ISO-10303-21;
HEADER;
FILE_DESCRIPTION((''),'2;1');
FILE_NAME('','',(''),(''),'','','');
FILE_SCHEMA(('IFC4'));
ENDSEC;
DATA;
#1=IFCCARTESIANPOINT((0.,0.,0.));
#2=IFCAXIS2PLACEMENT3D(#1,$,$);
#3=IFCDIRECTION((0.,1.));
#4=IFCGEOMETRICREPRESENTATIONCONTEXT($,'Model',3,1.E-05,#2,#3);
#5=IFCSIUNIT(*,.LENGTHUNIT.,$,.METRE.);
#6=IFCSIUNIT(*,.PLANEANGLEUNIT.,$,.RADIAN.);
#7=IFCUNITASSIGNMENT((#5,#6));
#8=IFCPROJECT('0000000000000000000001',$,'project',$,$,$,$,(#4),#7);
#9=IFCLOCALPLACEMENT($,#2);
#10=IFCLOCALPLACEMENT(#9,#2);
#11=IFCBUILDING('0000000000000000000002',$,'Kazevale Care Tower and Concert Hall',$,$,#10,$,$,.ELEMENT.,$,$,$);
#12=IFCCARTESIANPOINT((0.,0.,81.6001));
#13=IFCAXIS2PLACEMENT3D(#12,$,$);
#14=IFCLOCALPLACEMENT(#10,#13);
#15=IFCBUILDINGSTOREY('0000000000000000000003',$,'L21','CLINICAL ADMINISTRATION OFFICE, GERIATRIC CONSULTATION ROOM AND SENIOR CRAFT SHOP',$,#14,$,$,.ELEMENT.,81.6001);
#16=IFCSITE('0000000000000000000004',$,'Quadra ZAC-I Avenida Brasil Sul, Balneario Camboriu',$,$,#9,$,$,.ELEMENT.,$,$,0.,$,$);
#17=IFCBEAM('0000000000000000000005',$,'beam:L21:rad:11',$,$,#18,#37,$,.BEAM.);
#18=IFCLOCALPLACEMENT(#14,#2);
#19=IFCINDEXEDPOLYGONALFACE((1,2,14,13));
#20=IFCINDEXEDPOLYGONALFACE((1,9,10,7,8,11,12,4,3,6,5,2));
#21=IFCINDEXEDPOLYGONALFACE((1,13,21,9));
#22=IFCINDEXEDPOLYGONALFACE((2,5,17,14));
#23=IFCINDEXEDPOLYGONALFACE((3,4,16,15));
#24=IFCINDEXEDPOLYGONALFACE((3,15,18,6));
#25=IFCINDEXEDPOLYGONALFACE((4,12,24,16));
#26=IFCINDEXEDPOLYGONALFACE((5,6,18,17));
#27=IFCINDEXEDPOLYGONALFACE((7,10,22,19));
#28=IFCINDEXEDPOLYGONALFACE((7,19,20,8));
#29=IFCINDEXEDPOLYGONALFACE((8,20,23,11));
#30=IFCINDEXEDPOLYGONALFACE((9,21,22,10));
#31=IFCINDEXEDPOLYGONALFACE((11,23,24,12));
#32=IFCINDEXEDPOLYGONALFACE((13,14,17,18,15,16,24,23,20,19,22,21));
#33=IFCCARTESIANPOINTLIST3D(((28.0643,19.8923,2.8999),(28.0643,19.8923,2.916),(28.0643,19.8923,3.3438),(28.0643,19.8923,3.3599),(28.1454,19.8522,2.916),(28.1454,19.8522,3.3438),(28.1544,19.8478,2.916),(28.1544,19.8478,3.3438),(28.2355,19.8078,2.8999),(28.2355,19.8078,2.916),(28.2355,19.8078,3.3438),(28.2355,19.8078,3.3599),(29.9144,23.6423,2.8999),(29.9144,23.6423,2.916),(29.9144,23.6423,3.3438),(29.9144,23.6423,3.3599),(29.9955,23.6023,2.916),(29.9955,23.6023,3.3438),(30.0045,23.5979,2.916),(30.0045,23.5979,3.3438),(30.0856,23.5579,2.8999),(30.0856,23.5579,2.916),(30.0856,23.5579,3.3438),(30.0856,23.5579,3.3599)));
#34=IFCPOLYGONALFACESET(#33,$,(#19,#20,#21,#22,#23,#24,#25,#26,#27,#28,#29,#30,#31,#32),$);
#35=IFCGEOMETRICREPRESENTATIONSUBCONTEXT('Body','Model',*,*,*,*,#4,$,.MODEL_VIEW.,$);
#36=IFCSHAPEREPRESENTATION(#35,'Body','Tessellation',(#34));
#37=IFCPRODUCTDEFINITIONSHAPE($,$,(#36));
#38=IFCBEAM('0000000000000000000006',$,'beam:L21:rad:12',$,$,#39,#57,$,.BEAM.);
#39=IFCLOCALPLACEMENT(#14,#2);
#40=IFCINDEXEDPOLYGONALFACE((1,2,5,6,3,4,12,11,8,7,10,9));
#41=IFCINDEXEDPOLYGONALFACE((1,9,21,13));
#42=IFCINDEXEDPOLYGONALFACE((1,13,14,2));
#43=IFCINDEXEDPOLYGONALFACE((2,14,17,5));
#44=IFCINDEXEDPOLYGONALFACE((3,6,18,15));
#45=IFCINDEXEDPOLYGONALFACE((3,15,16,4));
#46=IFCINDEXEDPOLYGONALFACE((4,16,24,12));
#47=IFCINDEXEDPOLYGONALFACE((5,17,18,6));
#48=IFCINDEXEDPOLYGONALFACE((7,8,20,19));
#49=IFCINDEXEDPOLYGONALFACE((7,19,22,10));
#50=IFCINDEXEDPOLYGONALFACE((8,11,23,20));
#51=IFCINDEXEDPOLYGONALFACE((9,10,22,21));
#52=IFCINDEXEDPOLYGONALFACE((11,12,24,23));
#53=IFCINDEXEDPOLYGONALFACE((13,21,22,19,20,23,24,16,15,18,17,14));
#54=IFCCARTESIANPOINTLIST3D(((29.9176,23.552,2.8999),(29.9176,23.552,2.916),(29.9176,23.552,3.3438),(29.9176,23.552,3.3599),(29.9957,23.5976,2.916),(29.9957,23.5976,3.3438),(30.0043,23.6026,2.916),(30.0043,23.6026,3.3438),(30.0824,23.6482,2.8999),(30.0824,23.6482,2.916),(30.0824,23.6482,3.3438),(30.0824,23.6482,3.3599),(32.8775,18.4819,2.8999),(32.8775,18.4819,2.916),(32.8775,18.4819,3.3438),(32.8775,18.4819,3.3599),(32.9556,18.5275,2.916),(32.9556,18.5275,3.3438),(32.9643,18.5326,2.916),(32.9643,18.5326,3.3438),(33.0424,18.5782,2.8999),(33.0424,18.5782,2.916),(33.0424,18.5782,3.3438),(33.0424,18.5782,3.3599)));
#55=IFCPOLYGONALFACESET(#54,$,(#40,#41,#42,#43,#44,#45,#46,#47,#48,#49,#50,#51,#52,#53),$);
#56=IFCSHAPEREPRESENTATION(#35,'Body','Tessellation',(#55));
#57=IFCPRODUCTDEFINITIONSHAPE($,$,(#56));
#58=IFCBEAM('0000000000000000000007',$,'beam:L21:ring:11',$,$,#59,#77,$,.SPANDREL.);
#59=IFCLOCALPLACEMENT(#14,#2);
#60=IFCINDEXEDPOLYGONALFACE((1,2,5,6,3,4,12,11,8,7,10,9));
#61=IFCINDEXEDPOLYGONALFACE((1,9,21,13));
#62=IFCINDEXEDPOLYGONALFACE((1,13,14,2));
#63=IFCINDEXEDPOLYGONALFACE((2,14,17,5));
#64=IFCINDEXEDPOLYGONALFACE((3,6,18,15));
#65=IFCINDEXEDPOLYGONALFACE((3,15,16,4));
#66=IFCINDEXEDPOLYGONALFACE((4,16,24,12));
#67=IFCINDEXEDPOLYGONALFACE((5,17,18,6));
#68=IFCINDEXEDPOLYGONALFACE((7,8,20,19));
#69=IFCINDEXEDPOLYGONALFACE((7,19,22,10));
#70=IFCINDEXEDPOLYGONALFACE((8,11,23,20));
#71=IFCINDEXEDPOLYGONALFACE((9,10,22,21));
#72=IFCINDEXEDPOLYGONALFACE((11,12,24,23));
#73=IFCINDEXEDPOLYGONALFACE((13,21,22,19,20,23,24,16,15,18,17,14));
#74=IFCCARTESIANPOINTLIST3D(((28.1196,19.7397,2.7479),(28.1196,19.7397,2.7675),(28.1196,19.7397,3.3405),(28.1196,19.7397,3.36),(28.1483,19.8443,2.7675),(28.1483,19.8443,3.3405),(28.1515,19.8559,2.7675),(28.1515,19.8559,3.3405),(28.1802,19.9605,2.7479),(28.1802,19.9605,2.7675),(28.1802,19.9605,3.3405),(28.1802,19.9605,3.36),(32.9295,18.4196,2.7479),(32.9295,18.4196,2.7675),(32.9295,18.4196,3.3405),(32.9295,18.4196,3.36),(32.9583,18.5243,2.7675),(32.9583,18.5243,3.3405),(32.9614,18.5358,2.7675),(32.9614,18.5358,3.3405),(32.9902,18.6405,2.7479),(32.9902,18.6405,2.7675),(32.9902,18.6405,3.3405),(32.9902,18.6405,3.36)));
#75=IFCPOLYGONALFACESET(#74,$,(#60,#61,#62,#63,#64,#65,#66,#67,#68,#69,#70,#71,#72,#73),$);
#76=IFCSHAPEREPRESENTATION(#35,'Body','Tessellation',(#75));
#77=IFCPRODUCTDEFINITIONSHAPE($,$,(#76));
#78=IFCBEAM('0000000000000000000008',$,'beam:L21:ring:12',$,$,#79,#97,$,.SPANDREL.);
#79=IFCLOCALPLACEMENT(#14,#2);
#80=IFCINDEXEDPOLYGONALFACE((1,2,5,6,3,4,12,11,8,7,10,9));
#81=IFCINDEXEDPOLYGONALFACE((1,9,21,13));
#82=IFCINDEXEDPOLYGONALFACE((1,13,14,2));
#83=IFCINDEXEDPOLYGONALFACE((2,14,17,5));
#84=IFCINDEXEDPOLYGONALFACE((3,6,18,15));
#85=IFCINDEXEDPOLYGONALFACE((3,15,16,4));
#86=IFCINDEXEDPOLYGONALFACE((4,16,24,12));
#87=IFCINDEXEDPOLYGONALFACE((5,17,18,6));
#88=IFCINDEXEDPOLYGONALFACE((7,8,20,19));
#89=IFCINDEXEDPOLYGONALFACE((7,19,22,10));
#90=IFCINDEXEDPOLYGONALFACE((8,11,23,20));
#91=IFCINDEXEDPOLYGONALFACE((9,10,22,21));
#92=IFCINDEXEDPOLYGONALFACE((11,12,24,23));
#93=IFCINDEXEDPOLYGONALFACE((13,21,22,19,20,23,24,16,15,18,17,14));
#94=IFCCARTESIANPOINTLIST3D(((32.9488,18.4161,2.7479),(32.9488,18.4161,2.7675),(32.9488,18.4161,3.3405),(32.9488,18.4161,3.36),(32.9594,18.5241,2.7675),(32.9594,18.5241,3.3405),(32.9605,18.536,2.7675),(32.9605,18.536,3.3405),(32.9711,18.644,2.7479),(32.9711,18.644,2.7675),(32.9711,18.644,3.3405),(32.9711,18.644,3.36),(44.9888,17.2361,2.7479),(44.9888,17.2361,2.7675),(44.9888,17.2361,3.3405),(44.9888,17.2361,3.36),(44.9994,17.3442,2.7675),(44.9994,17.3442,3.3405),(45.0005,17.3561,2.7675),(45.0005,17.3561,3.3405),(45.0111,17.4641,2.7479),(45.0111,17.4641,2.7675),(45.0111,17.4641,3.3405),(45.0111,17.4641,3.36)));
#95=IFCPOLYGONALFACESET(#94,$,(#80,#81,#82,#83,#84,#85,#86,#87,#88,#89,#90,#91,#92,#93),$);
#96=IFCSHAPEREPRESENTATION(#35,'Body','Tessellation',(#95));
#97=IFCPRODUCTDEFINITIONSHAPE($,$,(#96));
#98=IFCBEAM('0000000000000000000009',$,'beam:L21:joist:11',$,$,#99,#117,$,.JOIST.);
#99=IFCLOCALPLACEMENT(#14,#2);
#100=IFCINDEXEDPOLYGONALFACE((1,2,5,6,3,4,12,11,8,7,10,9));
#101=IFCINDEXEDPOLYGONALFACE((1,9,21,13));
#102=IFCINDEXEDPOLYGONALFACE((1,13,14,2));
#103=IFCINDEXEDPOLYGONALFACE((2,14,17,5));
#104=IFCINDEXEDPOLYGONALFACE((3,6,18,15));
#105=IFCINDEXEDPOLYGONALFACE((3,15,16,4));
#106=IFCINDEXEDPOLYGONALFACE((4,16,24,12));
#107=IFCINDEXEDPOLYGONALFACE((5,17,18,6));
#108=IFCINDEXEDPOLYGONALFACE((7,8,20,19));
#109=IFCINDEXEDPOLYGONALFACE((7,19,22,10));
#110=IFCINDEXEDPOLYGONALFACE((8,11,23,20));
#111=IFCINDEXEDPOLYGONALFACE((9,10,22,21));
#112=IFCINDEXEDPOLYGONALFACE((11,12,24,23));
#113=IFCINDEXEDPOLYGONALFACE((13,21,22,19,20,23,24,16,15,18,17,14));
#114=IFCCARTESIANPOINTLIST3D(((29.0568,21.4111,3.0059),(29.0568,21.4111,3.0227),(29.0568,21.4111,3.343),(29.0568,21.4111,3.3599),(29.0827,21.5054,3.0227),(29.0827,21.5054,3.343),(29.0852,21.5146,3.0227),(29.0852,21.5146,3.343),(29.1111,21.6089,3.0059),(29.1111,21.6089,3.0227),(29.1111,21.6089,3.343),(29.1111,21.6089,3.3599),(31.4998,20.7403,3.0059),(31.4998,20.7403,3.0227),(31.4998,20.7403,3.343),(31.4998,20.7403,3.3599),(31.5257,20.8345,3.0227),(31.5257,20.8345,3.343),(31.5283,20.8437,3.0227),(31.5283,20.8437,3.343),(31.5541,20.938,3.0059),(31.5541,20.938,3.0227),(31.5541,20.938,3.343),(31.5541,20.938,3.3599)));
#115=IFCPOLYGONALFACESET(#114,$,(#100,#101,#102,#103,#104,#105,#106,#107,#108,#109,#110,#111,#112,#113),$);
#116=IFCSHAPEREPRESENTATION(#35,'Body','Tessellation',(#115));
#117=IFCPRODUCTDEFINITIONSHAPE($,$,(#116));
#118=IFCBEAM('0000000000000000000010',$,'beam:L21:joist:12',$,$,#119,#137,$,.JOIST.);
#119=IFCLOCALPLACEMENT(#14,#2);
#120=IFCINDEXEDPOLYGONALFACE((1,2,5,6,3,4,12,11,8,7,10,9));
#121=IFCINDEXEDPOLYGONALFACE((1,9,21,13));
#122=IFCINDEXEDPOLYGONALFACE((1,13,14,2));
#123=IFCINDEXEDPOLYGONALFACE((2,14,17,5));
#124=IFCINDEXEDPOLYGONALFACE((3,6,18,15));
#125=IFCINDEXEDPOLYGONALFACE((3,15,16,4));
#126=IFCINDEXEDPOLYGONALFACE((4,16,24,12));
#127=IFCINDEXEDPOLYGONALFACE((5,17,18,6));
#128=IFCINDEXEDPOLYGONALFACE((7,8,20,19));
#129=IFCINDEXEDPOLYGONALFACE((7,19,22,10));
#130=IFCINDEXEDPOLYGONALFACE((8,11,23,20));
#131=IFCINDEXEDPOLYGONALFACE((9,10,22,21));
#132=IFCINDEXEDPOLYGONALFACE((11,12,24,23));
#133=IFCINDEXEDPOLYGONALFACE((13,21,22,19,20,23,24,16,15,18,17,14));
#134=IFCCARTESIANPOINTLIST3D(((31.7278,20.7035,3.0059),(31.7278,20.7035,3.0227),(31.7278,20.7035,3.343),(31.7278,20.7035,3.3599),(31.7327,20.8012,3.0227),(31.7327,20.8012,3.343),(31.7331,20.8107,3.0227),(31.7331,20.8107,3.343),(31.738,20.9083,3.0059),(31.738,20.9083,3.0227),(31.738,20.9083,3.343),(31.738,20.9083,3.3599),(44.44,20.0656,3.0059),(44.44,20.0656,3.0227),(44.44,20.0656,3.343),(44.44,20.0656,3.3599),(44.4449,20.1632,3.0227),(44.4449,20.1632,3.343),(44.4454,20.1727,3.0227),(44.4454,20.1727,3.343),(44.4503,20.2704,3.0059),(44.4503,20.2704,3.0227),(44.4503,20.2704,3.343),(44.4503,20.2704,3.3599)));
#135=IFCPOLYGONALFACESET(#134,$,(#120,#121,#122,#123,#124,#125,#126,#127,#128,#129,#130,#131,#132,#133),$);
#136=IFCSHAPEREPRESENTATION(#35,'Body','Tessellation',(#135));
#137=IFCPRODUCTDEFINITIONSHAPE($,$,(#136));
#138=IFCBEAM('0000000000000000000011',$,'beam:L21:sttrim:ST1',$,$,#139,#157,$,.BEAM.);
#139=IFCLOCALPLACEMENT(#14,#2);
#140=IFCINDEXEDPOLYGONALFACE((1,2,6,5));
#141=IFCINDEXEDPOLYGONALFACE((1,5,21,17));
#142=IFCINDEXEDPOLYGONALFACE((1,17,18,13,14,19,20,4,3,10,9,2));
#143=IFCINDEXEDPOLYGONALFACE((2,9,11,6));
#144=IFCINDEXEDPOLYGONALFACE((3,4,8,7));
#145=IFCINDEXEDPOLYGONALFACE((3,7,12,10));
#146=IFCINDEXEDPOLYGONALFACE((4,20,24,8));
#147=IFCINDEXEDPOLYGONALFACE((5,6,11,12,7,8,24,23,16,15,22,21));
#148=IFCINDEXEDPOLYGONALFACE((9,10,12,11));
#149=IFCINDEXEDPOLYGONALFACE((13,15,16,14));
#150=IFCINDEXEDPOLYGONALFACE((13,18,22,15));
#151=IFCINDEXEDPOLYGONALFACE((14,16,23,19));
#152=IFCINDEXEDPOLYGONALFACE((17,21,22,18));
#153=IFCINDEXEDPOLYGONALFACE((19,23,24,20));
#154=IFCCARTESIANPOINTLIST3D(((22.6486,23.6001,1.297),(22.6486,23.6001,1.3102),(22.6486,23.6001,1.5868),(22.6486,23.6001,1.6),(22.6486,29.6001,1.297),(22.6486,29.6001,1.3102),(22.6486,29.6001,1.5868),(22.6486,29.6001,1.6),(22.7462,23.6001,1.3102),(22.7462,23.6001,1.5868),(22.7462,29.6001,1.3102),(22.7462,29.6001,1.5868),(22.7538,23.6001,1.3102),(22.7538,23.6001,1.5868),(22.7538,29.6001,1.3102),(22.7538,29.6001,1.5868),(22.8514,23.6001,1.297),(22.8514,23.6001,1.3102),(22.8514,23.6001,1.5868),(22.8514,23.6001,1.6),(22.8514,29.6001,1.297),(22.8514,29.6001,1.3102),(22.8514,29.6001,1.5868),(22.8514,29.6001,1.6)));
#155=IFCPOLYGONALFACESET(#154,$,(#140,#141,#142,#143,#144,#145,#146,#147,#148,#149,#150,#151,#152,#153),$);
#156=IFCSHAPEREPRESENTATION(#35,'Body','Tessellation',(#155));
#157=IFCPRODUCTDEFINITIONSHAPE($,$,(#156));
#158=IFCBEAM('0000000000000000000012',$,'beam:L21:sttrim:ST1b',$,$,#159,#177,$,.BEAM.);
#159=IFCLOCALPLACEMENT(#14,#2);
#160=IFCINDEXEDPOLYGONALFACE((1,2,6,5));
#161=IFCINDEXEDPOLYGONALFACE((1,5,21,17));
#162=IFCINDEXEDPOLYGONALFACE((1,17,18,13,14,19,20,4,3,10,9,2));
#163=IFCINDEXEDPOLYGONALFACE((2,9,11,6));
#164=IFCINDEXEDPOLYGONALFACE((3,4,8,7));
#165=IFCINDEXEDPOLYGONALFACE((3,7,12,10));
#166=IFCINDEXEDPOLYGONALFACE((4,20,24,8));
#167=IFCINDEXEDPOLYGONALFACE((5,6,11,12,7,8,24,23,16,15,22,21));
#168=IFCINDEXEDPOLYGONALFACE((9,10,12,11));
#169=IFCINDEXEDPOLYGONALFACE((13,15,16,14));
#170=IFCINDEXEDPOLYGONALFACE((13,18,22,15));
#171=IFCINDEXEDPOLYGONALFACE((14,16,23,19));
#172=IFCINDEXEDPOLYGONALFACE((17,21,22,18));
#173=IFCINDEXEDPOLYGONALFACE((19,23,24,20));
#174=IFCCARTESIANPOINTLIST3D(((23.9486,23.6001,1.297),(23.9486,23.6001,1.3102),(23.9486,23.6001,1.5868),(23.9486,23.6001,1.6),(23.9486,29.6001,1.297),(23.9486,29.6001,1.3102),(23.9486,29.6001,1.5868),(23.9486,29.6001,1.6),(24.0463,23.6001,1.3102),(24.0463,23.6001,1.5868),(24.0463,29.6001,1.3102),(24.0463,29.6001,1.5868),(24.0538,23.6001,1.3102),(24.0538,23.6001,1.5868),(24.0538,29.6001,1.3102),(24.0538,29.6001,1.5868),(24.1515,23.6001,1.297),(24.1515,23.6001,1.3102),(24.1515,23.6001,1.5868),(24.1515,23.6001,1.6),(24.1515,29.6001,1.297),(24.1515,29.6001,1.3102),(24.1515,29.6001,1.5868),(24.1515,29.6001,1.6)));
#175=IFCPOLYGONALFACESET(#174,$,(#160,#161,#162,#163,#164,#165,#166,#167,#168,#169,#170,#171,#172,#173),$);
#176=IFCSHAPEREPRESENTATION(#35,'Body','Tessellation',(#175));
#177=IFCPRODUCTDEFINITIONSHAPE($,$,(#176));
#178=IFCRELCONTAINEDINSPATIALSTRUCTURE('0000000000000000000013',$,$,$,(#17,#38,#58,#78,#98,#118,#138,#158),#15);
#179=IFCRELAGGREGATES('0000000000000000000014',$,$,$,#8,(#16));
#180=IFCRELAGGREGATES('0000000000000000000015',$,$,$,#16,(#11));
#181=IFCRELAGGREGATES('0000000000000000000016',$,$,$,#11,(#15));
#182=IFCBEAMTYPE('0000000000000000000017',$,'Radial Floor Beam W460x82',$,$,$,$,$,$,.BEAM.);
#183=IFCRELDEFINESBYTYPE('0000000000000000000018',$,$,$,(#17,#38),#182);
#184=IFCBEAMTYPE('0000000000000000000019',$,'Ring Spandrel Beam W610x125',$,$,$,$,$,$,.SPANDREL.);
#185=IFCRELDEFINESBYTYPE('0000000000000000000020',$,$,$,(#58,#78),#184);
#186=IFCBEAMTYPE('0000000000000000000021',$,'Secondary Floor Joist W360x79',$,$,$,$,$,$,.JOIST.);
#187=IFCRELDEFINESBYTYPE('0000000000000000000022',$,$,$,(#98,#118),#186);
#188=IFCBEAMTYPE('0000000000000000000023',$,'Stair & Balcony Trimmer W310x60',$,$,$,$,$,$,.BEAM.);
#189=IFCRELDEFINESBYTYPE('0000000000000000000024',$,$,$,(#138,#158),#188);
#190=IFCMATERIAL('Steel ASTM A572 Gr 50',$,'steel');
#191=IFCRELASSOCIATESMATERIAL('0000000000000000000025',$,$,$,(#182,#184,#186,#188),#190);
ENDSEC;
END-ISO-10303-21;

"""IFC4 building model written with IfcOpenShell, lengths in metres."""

from ifc_helpers import new_model, si_unit, direction, frame, origin, origin_2d, place, context, subcontext, project, spatial, i_section, extrude, material, material_profile, profile_set, type_object, element, save


model = new_model("IFC4")

# Units and contexts
model_context = context("Model", 3, precision=1e-05, world=origin(), true_north=direction((0.0, 1.0)))
body_context = subcontext(model_context, "Body", "Model", "MODEL_VIEW")
ifc_project = project(units=[si_unit("LENGTHUNIT", "METRE"), si_unit("PLANEANGLEUNIT", "RADIAN")], contexts=[model_context])

# Site, building, storey
site_placement = place(None, origin())
site = spatial("IfcSite", under=ifc_project, at=site_placement, Name="Quadra ZAC-I Avenida Brasil Sul, Balneario Camboriu", CompositionType="ELEMENT", RefElevation=0.0)
building_placement = place(site_placement, origin())
building = spatial("IfcBuilding", under=site, at=building_placement, Name="Kazevale Care Tower and Concert Hall", CompositionType="ELEMENT")
storey_placement = place(building_placement, frame((0.0, 0.0, 81.6001)))
storey = spatial("IfcBuildingStorey", under=building, at=storey_placement, Name="L21", Description="CLINICAL ADMINISTRATION OFFICE, GERIATRIC CONSULTATION ROOM AND SENIOR CRAFT SHOP", CompositionType="ELEMENT", Elevation=81.6001)

# Beams
ifc_material_1 = material(Name="Steel ASTM A572 Gr 50", Category="steel")
ifc_material_profile_1 = material_profile(ifc_material_1, i_section(OverallWidth=0.1909, OverallDepth=0.46, WebThickness=0.01, FlangeThickness=0.0161, at=origin_2d()), Name="W460x82")
ifc_profile_set_1 = profile_set([ifc_material_profile_1], Name="Steel ASTM A572 Gr 50")
beam_type_1 = type_object("IfcBeamType", Name="Radial Floor Beam W460x82", PredefinedType="BEAM", material=ifc_profile_set_1)
beam_1_placement = place(storey_placement, frame((30.0, 23.6001, 3.1299), z_axis=(-0.442443, -0.896797, 0.0), x_axis=(0.896797, -0.442443, 0.0)))
element("IfcBeam", 1, at=beam_1_placement, inside=storey, type_object=beam_type_1, Name="beam:L21:rad:11", PredefinedType="BEAM", context=body_context, shape_type="SweptSolid", body=[
    extrude(i_section(OverallWidth=0.1909, OverallDepth=0.46, WebThickness=0.01, FlangeThickness=0.0161, at=origin_2d()), origin(), (0.0, 0.0, 1.0), 4.1816),
])
beam_2_placement = place(storey_placement, frame((30.0, 23.6001, 3.1299), z_axis=(0.504179, -0.863599, 0.0), x_axis=(0.863599, 0.504179, 0.0)))
element("IfcBeam", 2, at=beam_2_placement, inside=storey, type_object=beam_type_1, Name="beam:L21:rad:12", PredefinedType="BEAM", context=body_context, shape_type="SweptSolid", body=[
    extrude(i_section(OverallWidth=0.1909, OverallDepth=0.46, WebThickness=0.01, FlangeThickness=0.0161, at=origin_2d()), origin(), (0.0, 0.0, 1.0), 5.8708),
])
ifc_material_profile_2 = material_profile(ifc_material_1, i_section(OverallWidth=0.229, OverallDepth=0.6121, WebThickness=0.012, FlangeThickness=0.0195, at=origin_2d()), Name="W610x125")
ifc_profile_set_2 = profile_set([ifc_material_profile_2], Name="Steel ASTM A572 Gr 50")
beam_type_2 = type_object("IfcBeamType", Name="Ring Spandrel Beam W610x125", PredefinedType="SPANDREL", material=ifc_profile_set_2)
beam_3_placement = place(storey_placement, frame((28.1499, 19.8501, 3.054), z_axis=(0.964344, -0.264654, 0.0), x_axis=(0.264654, 0.964344, 0.0)))
element("IfcBeam", 3, at=beam_3_placement, inside=storey, type_object=beam_type_2, Name="beam:L21:ring:11", PredefinedType="SPANDREL", context=body_context, shape_type="SweptSolid", body=[
    extrude(i_section(OverallWidth=0.229, OverallDepth=0.6121, WebThickness=0.012, FlangeThickness=0.0195, at=origin_2d()), origin(), (0.0, 0.0, 1.0), 4.9878),
])
beam_4_placement = place(storey_placement, frame((32.96, 18.53, 3.054), z_axis=(0.995232, -0.097533, 0.0), x_axis=(0.097533, 0.995232, 0.0)))
element("IfcBeam", 4, at=beam_4_placement, inside=storey, type_object=beam_type_2, Name="beam:L21:ring:12", PredefinedType="SPANDREL", context=body_context, shape_type="SweptSolid", body=[
    extrude(i_section(OverallWidth=0.229, OverallDepth=0.6121, WebThickness=0.012, FlangeThickness=0.0195, at=origin_2d()), origin(), (0.0, 0.0, 1.0), 12.0977),
])
ifc_material_profile_3 = material_profile(ifc_material_1, i_section(OverallWidth=0.2051, OverallDepth=0.354, WebThickness=0.0095, FlangeThickness=0.0168, at=origin_2d()), Name="W360x79")
ifc_profile_set_3 = profile_set([ifc_material_profile_3], Name="Steel ASTM A572 Gr 50")
beam_type_3 = type_object("IfcBeamType", Name="Secondary Floor Joist W360x79", PredefinedType="JOIST", material=ifc_profile_set_3)
beam_5_placement = place(storey_placement, frame((29.084, 21.51, 3.1829), z_axis=(0.964302, -0.264805, 0.0), x_axis=(0.264805, 0.964302, 0.0)))
element("IfcBeam", 5, at=beam_5_placement, inside=storey, type_object=beam_type_3, Name="beam:L21:joist:11", PredefinedType="JOIST", context=body_context, shape_type="SweptSolid", body=[
    extrude(i_section(OverallWidth=0.2051, OverallDepth=0.354, WebThickness=0.0095, FlangeThickness=0.0168, at=origin_2d()), origin(), (0.0, 0.0, 1.0), 2.5334),
])
beam_6_placement = place(storey_placement, frame((31.7329, 20.8059, 3.1829), z_axis=(0.998743, -0.05012, 0.0), x_axis=(0.05012, 0.998743, 0.0)))
element("IfcBeam", 6, at=beam_6_placement, inside=storey, type_object=beam_type_3, Name="beam:L21:joist:12", PredefinedType="JOIST", context=body_context, shape_type="SweptSolid", body=[
    extrude(i_section(OverallWidth=0.2051, OverallDepth=0.354, WebThickness=0.0095, FlangeThickness=0.0168, at=origin_2d()), origin(), (0.0, 0.0, 1.0), 12.7283),
])
ifc_material_profile_4 = material_profile(ifc_material_1, i_section(OverallWidth=0.2029, OverallDepth=0.303, WebThickness=0.0076, FlangeThickness=0.0132, at=origin_2d()), Name="W310x60")
ifc_profile_set_4 = profile_set([ifc_material_profile_4], Name="Steel ASTM A572 Gr 50")
beam_type_4 = type_object("IfcBeamType", Name="Stair & Balcony Trimmer W310x60", PredefinedType="BEAM", material=ifc_profile_set_4)
for number, where, z_axis, x_axis, name in (
    (7, (22.75, 23.6001, 1.4485), (0.0, 1.0, 0.0), (-1.0, 0.0, 0.0), "beam:L21:sttrim:ST1"),
    (8, (24.05, 23.6001, 1.4485), (0.0, 1.0, 0.0), (-1.0, 0.0, 0.0), "beam:L21:sttrim:ST1b"),
):
    element("IfcBeam", number, at=place(storey_placement, frame(where, z_axis=z_axis, x_axis=x_axis)), inside=storey, type_object=beam_type_4, Name=name, PredefinedType="BEAM", context=body_context, shape_type="SweptSolid", body=[
        extrude(i_section(OverallWidth=0.2029, OverallDepth=0.303, WebThickness=0.0076, FlangeThickness=0.0132, at=origin_2d()), origin(), (0.0, 0.0, 1.0), 6.0),
    ])

save(model, "model.ifc")
